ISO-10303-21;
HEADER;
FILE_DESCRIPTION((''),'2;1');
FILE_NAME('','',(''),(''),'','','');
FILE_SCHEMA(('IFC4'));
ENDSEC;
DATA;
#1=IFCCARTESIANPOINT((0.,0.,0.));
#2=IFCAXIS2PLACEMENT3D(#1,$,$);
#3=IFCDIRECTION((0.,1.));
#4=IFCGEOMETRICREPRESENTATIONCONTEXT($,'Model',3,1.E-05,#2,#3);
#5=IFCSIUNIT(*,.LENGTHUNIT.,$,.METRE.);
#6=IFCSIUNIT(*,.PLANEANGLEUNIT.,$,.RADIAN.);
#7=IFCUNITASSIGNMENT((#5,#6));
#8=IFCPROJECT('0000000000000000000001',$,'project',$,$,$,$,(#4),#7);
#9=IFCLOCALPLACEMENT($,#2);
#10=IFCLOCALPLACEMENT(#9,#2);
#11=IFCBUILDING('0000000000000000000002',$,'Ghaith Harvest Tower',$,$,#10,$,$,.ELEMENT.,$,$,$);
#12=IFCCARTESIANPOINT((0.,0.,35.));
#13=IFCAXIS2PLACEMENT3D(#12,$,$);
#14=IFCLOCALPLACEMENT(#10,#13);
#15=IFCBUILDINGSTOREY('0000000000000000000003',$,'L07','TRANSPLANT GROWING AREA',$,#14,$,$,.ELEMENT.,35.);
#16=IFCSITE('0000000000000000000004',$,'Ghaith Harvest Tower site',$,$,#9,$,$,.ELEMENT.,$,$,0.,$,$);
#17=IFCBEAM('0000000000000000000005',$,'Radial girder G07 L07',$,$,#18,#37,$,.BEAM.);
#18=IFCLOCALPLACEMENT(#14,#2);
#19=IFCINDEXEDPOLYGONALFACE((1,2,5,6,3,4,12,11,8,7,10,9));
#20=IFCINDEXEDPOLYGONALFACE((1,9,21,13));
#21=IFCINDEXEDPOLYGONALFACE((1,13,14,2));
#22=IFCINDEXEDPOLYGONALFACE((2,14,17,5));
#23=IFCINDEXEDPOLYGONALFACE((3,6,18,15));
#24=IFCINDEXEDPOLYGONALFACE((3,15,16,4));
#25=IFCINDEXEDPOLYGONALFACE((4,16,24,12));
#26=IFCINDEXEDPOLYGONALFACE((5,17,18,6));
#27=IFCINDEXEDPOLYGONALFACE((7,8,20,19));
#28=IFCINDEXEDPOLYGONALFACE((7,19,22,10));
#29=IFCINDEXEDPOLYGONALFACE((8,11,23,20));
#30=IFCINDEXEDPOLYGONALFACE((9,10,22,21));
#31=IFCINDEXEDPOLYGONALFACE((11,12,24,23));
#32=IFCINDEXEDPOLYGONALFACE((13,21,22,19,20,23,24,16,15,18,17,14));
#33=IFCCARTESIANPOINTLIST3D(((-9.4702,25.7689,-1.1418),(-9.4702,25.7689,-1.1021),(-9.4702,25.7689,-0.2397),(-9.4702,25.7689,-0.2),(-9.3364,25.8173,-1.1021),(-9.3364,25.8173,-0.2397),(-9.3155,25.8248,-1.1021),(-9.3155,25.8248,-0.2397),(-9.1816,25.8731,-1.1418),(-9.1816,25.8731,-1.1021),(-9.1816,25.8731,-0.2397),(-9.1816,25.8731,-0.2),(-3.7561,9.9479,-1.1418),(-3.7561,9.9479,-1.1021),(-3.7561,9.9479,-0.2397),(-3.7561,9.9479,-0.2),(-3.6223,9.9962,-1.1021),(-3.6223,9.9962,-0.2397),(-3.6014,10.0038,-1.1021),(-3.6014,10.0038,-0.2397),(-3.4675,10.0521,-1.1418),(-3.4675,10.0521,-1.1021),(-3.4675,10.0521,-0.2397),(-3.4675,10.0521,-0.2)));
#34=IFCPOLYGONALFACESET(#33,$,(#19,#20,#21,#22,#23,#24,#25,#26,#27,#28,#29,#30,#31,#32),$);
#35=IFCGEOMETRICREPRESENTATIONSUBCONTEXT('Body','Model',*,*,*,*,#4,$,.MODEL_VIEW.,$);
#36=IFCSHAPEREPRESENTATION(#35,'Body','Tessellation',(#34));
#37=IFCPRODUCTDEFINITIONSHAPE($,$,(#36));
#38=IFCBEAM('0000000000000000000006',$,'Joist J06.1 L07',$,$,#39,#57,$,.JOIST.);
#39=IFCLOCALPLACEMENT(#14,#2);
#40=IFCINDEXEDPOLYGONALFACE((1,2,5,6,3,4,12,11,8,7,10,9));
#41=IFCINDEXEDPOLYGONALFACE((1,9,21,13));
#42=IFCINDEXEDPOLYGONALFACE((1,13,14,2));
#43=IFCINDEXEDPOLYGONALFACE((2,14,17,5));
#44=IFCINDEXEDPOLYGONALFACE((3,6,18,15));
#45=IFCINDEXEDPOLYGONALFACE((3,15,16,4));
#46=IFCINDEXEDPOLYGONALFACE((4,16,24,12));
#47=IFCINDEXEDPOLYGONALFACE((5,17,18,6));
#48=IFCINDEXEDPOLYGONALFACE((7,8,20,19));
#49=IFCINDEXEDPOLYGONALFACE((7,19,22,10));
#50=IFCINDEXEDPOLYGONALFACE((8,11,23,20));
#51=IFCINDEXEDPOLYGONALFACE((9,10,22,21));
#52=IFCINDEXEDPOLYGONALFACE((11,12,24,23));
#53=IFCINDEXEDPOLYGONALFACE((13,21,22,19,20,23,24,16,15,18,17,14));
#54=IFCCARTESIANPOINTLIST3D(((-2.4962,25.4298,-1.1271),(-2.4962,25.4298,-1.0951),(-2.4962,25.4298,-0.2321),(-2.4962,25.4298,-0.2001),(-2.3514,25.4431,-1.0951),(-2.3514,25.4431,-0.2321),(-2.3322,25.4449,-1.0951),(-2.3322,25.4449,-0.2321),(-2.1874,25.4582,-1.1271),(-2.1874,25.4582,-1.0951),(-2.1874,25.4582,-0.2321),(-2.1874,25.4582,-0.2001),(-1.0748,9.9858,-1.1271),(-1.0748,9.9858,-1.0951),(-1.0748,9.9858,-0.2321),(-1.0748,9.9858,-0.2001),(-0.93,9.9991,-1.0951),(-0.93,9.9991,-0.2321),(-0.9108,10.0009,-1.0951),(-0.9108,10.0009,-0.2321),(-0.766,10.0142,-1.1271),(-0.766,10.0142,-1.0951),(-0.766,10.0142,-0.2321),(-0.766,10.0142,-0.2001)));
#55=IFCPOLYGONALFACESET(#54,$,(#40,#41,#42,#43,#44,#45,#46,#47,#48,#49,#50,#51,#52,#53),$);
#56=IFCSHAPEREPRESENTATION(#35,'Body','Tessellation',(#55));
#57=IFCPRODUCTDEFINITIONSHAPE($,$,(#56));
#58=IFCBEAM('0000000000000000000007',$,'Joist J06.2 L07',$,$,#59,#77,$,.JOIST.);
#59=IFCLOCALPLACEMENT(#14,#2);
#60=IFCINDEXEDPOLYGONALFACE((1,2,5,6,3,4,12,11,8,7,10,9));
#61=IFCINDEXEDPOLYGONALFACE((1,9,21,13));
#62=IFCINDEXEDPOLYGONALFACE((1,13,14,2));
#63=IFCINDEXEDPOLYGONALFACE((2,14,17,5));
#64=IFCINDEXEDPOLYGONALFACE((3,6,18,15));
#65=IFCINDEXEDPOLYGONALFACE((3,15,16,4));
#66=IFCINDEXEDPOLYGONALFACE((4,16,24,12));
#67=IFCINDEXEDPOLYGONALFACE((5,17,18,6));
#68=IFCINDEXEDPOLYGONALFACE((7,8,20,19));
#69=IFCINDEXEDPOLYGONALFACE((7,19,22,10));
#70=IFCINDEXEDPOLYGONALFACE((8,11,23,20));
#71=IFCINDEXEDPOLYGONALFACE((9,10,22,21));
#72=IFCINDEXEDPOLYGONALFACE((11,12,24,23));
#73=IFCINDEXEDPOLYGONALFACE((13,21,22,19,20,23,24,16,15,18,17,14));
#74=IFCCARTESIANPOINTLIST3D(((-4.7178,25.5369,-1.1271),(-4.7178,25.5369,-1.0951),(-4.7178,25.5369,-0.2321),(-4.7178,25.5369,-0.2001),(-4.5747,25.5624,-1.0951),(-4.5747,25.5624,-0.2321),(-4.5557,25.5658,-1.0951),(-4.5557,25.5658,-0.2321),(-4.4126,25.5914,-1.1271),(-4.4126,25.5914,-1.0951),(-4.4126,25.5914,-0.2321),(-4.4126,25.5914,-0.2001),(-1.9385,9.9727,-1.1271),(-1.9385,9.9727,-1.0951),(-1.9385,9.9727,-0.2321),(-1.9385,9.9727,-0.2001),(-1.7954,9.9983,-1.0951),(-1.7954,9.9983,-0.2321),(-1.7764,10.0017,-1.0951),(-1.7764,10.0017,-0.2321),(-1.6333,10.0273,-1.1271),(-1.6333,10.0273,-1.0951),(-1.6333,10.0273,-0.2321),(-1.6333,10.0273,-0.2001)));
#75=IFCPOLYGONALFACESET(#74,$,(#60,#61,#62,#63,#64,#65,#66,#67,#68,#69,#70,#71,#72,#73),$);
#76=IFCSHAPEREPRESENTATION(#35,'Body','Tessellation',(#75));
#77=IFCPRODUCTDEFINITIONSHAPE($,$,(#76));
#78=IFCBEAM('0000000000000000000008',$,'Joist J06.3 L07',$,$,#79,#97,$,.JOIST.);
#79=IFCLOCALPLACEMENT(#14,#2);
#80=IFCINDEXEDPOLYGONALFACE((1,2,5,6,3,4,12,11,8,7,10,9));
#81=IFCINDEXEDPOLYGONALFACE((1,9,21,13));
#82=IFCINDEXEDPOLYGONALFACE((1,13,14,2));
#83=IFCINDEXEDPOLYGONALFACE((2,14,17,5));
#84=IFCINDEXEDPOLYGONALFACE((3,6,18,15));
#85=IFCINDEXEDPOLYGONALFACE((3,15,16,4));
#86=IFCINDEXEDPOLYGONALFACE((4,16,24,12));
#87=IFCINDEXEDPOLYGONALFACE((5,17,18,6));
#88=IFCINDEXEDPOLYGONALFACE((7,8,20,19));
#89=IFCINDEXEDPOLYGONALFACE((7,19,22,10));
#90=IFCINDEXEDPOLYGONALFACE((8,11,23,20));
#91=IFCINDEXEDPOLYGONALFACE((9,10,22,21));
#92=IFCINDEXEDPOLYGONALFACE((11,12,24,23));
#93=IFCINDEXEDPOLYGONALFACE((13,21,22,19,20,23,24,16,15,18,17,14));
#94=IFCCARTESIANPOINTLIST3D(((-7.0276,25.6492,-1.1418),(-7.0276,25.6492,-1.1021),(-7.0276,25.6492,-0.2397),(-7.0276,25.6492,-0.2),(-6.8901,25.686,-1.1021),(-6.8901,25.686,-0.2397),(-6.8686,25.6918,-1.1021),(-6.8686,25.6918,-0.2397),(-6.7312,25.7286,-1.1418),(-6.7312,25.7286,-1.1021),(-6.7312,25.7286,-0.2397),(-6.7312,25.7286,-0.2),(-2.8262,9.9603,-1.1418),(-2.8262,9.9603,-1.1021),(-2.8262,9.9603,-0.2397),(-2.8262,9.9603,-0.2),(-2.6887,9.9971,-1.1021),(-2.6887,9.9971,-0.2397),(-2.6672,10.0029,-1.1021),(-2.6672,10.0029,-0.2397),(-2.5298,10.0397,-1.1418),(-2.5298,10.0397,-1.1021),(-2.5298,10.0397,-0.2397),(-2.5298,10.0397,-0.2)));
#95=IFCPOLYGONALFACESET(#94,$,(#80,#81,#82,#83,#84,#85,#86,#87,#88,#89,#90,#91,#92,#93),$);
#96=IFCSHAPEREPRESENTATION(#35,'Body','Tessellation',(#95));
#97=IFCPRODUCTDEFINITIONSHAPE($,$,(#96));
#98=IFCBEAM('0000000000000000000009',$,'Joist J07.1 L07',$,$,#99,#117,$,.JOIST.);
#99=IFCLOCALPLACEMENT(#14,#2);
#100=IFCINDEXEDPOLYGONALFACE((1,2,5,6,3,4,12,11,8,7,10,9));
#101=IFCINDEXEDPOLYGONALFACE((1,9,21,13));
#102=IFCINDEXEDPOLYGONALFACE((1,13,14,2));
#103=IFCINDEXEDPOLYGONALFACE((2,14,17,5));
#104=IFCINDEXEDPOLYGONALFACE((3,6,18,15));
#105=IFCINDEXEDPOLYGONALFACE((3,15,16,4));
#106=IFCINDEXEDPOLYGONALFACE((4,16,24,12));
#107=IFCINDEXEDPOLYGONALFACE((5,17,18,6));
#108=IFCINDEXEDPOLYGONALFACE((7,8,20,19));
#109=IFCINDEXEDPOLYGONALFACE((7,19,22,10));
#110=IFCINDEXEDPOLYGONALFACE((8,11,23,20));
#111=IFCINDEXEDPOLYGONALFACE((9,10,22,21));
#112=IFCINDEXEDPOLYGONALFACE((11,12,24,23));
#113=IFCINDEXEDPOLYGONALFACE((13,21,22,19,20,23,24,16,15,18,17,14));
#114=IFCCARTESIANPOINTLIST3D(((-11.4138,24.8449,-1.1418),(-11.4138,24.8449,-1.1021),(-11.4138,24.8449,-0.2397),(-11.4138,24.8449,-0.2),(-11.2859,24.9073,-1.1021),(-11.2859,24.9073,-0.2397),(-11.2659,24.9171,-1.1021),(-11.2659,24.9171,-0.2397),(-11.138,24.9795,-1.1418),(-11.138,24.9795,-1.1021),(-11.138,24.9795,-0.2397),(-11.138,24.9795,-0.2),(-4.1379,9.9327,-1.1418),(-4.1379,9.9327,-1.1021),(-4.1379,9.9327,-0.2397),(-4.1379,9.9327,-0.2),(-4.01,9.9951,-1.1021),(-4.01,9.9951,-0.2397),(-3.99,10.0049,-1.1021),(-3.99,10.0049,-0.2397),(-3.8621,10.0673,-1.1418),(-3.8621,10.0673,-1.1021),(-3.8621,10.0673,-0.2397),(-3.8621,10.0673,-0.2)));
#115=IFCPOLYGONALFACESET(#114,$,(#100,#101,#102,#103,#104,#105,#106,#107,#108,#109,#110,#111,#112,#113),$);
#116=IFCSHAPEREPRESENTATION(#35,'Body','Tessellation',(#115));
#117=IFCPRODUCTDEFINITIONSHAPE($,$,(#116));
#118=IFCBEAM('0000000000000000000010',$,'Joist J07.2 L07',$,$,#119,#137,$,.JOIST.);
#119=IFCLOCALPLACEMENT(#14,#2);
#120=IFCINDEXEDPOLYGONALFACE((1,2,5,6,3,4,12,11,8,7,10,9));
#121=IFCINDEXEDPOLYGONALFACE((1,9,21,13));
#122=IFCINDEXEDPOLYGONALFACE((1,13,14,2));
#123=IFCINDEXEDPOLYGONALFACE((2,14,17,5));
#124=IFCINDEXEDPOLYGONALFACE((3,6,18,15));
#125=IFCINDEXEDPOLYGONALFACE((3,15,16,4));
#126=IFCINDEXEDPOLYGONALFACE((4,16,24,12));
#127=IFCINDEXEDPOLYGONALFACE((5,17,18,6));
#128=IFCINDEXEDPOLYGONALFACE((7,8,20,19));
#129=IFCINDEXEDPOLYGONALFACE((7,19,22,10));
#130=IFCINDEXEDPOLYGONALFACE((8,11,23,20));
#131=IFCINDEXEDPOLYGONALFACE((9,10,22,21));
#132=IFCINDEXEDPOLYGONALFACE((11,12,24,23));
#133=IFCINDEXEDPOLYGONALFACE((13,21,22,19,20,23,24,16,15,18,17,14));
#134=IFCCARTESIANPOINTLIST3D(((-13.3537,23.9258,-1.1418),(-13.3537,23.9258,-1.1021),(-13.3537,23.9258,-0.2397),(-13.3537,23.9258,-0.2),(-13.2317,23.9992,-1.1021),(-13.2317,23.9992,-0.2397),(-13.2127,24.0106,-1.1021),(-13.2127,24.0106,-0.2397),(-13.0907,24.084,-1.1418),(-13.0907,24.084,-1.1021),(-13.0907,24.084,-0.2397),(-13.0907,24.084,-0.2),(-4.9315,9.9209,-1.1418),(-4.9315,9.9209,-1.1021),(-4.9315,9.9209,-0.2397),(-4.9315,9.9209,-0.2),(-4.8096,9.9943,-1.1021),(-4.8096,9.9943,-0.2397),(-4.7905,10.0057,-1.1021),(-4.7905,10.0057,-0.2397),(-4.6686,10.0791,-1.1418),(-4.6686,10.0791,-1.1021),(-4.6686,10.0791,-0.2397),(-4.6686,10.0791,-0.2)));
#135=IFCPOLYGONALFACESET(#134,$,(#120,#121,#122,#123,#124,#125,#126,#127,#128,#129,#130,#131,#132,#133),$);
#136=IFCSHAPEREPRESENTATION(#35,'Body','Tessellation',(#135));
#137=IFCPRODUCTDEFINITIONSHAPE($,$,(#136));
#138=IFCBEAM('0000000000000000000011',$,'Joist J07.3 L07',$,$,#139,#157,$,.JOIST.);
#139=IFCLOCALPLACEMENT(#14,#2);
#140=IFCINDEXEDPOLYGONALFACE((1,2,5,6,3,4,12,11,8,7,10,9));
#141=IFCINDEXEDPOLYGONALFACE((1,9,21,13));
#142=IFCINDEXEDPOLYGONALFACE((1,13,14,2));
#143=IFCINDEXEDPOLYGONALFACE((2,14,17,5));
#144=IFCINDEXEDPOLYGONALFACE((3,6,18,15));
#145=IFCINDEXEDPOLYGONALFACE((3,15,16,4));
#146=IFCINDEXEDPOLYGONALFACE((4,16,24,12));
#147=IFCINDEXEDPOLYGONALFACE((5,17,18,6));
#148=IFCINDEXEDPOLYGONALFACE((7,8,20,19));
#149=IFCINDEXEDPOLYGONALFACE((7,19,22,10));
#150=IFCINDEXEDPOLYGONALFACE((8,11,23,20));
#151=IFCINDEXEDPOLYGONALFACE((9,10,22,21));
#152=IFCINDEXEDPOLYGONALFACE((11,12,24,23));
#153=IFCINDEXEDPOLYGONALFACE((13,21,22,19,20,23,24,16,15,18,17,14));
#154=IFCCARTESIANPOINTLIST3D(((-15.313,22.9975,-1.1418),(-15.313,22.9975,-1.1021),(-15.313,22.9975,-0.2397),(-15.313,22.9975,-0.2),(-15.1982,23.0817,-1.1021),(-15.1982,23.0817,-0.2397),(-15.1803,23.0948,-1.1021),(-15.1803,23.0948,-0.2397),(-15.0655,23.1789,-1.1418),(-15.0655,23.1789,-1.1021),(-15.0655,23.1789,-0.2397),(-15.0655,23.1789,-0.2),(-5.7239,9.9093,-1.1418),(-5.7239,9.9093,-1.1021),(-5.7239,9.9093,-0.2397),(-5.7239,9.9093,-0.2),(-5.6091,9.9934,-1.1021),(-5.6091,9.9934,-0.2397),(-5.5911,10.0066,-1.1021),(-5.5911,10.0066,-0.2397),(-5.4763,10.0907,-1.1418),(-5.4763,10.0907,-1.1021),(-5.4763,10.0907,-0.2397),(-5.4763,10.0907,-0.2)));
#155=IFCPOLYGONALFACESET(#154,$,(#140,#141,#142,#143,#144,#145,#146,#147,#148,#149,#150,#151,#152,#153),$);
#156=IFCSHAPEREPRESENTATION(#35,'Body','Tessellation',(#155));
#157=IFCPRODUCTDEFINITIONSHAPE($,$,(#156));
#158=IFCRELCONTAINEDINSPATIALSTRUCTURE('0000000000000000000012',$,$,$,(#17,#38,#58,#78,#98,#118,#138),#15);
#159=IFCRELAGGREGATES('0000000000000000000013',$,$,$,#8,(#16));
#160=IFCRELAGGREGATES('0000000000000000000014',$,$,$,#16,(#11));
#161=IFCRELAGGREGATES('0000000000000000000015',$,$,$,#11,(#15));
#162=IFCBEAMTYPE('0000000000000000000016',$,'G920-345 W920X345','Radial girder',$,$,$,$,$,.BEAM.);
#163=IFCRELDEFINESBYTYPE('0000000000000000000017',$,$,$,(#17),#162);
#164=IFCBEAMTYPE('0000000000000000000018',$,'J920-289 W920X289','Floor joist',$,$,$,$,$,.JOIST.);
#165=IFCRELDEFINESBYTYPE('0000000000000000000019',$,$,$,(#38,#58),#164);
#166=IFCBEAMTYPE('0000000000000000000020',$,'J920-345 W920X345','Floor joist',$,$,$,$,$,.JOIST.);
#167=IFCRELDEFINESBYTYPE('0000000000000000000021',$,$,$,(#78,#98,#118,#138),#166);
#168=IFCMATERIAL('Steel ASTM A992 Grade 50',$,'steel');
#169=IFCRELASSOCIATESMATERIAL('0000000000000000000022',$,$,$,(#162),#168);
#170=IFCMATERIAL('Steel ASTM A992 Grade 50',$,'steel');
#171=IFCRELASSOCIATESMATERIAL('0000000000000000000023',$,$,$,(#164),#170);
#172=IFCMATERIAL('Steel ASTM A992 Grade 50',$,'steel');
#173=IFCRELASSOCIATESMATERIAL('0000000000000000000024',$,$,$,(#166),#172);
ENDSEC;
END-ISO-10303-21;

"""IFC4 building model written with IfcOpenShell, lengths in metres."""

from ifc_helpers import new_model, si_unit, direction, frame, origin, origin_2d, place, context, subcontext, project, spatial, i_section, extrude, material, material_profile, profile_set, type_object, element, save


model = new_model("IFC4")

# Units and contexts
model_context = context("Model", 3, precision=1e-05, world=origin(), true_north=direction((0.0, 1.0)))
body_context = subcontext(model_context, "Body", "Model", "MODEL_VIEW")
ifc_project = project(units=[si_unit("LENGTHUNIT", "METRE"), si_unit("PLANEANGLEUNIT", "RADIAN")], contexts=[model_context])

# Site, building, storey
site_placement = place(None, origin())
site = spatial("IfcSite", under=ifc_project, at=site_placement, Name="Ghaith Harvest Tower site", CompositionType="ELEMENT", RefElevation=0.0)
building_placement = place(site_placement, origin())
building = spatial("IfcBuilding", under=site, at=building_placement, Name="Ghaith Harvest Tower", CompositionType="ELEMENT")
storey_placement = place(building_placement, frame((0.0, 0.0, 35.0)))
storey = spatial("IfcBuildingStorey", under=building, at=storey_placement, Name="L07", Description="TRANSPLANT GROWING AREA", CompositionType="ELEMENT", Elevation=35.0)

# Beams
ifc_material_1 = material(Name="Steel ASTM A992 Grade 50", Category="steel")
ifc_material_profile_1 = material_profile(ifc_material_1, i_section(OverallWidth=0.3069, OverallDepth=0.9419, WebThickness=0.0222, FlangeThickness=0.0398, at=origin_2d()), Name="W920X345")
ifc_profile_set_1 = profile_set([ifc_material_profile_1], Name="Steel ASTM A992 Grade 50")
beam_type_1 = type_object("IfcBeamType", Name="G920-345 W920X345", Description="Radial girder", PredefinedType="BEAM", material=ifc_profile_set_1)
beam_1_placement = place(storey_placement, frame((-3.6118, 10.0, -0.6709), z_axis=(-0.339695, 0.940536, 0.0), x_axis=(-0.940536, -0.339695, 0.0)))
element("IfcBeam", 1, at=beam_1_placement, inside=storey, type_object=beam_type_1, Name="Radial girder G07 L07", PredefinedType="BEAM", context=body_context, shape_type="SweptSolid", body=[
    extrude(i_section(OverallWidth=0.3069, OverallDepth=0.9419, WebThickness=0.0222, FlangeThickness=0.0398, at=origin_2d()), origin(), (0.0, 0.0, 1.0), 16.8213),
])
ifc_material_2 = material(Name="Steel ASTM A992 Grade 50", Category="steel")
ifc_material_profile_2 = material_profile(ifc_material_2, i_section(OverallWidth=0.3101, OverallDepth=0.927, WebThickness=0.0193, FlangeThickness=0.032, at=origin_2d()), Name="W920X289")
ifc_profile_set_2 = profile_set([ifc_material_profile_2], Name="Steel ASTM A992 Grade 50")
beam_type_2 = type_object("IfcBeamType", Name="J920-289 W920X289", Description="Floor joist", PredefinedType="JOIST", material=ifc_profile_set_2)
beam_2_placement = place(storey_placement, frame((-0.9204, 10.0, -0.6636), z_axis=(-0.091647, 0.995792, 0.0), x_axis=(-0.995792, -0.091647, 0.0)))
element("IfcBeam", 2, at=beam_2_placement, inside=storey, type_object=beam_type_2, Name="Joist J06.1 L07", PredefinedType="JOIST", context=body_context, shape_type="SweptSolid", body=[
    extrude(i_section(OverallWidth=0.3101, OverallDepth=0.927, WebThickness=0.0193, FlangeThickness=0.032, at=origin_2d()), origin(), (0.0, 0.0, 1.0), 15.5093),
])
beam_3_placement = place(storey_placement, frame((-1.7859, 10.0, -0.6636), z_axis=(-0.175789, 0.984428, 0.0), x_axis=(-0.984428, -0.175789, 0.0)))
element("IfcBeam", 3, at=beam_3_placement, inside=storey, type_object=beam_type_2, Name="Joist J06.2 L07", PredefinedType="JOIST", context=body_context, shape_type="SweptSolid", body=[
    extrude(i_section(OverallWidth=0.3101, OverallDepth=0.927, WebThickness=0.0193, FlangeThickness=0.032, at=origin_2d()), origin(), (0.0, 0.0, 1.0), 15.8103),
])
ifc_material_3 = material(Name="Steel ASTM A992 Grade 50", Category="steel")
ifc_material_profile_3 = material_profile(ifc_material_3, i_section(OverallWidth=0.3069, OverallDepth=0.9419, WebThickness=0.0222, FlangeThickness=0.0398, at=origin_2d()), Name="W920X345")
ifc_profile_set_3 = profile_set([ifc_material_profile_3], Name="Steel ASTM A992 Grade 50")
beam_type_3 = type_object("IfcBeamType", Name="J920-345 W920X345", Description="Floor joist", PredefinedType="JOIST", material=ifc_profile_set_3)
beam_4_placement = place(storey_placement, frame((-2.678, 10.0, -0.6709), z_axis=(-0.258679, 0.965963, 0.0), x_axis=(-0.965963, -0.258679, 0.0)))
element("IfcBeam", 4, at=beam_4_placement, inside=storey, type_object=beam_type_3, Name="Joist J06.3 L07", PredefinedType="JOIST", context=body_context, shape_type="SweptSolid", body=[
    extrude(i_section(OverallWidth=0.3069, OverallDepth=0.9419, WebThickness=0.0222, FlangeThickness=0.0398, at=origin_2d()), origin(), (0.0, 0.0, 1.0), 16.2417),
])
beam_5_placement = place(storey_placement, frame((-4.0, 10.0, -0.6709), z_axis=(-0.438505, 0.898729, 0.0), x_axis=(-0.898729, -0.438505, 0.0)))
element("IfcBeam", 5, at=beam_5_placement, inside=storey, type_object=beam_type_3, Name="Joist J07.1 L07", PredefinedType="JOIST", context=body_context, shape_type="SweptSolid", body=[
    extrude(i_section(OverallWidth=0.3069, OverallDepth=0.9419, WebThickness=0.0222, FlangeThickness=0.0398, at=origin_2d()), origin(), (0.0, 0.0, 1.0), 16.5925),
])
beam_6_placement = place(storey_placement, frame((-4.8, 10.0, -0.6709), z_axis=(-0.515359, 0.856974, 0.0), x_axis=(-0.856974, -0.515359, 0.0)))
element("IfcBeam", 6, at=beam_6_placement, inside=storey, type_object=beam_type_3, Name="Joist J07.2 L07", PredefinedType="JOIST", context=body_context, shape_type="SweptSolid", body=[
    extrude(i_section(OverallWidth=0.3069, OverallDepth=0.9419, WebThickness=0.0222, FlangeThickness=0.0398, at=origin_2d()), origin(), (0.0, 0.0, 1.0), 16.3423),
])
beam_7_placement = place(storey_placement, frame((-5.6001, 10.0, -0.6709), z_axis=(-0.591009, 0.806665, 0.0), x_axis=(-0.806665, -0.591009, 0.0)))
element("IfcBeam", 7, at=beam_7_placement, inside=storey, type_object=beam_type_3, Name="Joist J07.3 L07", PredefinedType="JOIST", context=body_context, shape_type="SweptSolid", body=[
    extrude(i_section(OverallWidth=0.3069, OverallDepth=0.9419, WebThickness=0.0222, FlangeThickness=0.0398, at=origin_2d()), origin(), (0.0, 0.0, 1.0), 16.2251),
])

save(model, "model.ifc")
